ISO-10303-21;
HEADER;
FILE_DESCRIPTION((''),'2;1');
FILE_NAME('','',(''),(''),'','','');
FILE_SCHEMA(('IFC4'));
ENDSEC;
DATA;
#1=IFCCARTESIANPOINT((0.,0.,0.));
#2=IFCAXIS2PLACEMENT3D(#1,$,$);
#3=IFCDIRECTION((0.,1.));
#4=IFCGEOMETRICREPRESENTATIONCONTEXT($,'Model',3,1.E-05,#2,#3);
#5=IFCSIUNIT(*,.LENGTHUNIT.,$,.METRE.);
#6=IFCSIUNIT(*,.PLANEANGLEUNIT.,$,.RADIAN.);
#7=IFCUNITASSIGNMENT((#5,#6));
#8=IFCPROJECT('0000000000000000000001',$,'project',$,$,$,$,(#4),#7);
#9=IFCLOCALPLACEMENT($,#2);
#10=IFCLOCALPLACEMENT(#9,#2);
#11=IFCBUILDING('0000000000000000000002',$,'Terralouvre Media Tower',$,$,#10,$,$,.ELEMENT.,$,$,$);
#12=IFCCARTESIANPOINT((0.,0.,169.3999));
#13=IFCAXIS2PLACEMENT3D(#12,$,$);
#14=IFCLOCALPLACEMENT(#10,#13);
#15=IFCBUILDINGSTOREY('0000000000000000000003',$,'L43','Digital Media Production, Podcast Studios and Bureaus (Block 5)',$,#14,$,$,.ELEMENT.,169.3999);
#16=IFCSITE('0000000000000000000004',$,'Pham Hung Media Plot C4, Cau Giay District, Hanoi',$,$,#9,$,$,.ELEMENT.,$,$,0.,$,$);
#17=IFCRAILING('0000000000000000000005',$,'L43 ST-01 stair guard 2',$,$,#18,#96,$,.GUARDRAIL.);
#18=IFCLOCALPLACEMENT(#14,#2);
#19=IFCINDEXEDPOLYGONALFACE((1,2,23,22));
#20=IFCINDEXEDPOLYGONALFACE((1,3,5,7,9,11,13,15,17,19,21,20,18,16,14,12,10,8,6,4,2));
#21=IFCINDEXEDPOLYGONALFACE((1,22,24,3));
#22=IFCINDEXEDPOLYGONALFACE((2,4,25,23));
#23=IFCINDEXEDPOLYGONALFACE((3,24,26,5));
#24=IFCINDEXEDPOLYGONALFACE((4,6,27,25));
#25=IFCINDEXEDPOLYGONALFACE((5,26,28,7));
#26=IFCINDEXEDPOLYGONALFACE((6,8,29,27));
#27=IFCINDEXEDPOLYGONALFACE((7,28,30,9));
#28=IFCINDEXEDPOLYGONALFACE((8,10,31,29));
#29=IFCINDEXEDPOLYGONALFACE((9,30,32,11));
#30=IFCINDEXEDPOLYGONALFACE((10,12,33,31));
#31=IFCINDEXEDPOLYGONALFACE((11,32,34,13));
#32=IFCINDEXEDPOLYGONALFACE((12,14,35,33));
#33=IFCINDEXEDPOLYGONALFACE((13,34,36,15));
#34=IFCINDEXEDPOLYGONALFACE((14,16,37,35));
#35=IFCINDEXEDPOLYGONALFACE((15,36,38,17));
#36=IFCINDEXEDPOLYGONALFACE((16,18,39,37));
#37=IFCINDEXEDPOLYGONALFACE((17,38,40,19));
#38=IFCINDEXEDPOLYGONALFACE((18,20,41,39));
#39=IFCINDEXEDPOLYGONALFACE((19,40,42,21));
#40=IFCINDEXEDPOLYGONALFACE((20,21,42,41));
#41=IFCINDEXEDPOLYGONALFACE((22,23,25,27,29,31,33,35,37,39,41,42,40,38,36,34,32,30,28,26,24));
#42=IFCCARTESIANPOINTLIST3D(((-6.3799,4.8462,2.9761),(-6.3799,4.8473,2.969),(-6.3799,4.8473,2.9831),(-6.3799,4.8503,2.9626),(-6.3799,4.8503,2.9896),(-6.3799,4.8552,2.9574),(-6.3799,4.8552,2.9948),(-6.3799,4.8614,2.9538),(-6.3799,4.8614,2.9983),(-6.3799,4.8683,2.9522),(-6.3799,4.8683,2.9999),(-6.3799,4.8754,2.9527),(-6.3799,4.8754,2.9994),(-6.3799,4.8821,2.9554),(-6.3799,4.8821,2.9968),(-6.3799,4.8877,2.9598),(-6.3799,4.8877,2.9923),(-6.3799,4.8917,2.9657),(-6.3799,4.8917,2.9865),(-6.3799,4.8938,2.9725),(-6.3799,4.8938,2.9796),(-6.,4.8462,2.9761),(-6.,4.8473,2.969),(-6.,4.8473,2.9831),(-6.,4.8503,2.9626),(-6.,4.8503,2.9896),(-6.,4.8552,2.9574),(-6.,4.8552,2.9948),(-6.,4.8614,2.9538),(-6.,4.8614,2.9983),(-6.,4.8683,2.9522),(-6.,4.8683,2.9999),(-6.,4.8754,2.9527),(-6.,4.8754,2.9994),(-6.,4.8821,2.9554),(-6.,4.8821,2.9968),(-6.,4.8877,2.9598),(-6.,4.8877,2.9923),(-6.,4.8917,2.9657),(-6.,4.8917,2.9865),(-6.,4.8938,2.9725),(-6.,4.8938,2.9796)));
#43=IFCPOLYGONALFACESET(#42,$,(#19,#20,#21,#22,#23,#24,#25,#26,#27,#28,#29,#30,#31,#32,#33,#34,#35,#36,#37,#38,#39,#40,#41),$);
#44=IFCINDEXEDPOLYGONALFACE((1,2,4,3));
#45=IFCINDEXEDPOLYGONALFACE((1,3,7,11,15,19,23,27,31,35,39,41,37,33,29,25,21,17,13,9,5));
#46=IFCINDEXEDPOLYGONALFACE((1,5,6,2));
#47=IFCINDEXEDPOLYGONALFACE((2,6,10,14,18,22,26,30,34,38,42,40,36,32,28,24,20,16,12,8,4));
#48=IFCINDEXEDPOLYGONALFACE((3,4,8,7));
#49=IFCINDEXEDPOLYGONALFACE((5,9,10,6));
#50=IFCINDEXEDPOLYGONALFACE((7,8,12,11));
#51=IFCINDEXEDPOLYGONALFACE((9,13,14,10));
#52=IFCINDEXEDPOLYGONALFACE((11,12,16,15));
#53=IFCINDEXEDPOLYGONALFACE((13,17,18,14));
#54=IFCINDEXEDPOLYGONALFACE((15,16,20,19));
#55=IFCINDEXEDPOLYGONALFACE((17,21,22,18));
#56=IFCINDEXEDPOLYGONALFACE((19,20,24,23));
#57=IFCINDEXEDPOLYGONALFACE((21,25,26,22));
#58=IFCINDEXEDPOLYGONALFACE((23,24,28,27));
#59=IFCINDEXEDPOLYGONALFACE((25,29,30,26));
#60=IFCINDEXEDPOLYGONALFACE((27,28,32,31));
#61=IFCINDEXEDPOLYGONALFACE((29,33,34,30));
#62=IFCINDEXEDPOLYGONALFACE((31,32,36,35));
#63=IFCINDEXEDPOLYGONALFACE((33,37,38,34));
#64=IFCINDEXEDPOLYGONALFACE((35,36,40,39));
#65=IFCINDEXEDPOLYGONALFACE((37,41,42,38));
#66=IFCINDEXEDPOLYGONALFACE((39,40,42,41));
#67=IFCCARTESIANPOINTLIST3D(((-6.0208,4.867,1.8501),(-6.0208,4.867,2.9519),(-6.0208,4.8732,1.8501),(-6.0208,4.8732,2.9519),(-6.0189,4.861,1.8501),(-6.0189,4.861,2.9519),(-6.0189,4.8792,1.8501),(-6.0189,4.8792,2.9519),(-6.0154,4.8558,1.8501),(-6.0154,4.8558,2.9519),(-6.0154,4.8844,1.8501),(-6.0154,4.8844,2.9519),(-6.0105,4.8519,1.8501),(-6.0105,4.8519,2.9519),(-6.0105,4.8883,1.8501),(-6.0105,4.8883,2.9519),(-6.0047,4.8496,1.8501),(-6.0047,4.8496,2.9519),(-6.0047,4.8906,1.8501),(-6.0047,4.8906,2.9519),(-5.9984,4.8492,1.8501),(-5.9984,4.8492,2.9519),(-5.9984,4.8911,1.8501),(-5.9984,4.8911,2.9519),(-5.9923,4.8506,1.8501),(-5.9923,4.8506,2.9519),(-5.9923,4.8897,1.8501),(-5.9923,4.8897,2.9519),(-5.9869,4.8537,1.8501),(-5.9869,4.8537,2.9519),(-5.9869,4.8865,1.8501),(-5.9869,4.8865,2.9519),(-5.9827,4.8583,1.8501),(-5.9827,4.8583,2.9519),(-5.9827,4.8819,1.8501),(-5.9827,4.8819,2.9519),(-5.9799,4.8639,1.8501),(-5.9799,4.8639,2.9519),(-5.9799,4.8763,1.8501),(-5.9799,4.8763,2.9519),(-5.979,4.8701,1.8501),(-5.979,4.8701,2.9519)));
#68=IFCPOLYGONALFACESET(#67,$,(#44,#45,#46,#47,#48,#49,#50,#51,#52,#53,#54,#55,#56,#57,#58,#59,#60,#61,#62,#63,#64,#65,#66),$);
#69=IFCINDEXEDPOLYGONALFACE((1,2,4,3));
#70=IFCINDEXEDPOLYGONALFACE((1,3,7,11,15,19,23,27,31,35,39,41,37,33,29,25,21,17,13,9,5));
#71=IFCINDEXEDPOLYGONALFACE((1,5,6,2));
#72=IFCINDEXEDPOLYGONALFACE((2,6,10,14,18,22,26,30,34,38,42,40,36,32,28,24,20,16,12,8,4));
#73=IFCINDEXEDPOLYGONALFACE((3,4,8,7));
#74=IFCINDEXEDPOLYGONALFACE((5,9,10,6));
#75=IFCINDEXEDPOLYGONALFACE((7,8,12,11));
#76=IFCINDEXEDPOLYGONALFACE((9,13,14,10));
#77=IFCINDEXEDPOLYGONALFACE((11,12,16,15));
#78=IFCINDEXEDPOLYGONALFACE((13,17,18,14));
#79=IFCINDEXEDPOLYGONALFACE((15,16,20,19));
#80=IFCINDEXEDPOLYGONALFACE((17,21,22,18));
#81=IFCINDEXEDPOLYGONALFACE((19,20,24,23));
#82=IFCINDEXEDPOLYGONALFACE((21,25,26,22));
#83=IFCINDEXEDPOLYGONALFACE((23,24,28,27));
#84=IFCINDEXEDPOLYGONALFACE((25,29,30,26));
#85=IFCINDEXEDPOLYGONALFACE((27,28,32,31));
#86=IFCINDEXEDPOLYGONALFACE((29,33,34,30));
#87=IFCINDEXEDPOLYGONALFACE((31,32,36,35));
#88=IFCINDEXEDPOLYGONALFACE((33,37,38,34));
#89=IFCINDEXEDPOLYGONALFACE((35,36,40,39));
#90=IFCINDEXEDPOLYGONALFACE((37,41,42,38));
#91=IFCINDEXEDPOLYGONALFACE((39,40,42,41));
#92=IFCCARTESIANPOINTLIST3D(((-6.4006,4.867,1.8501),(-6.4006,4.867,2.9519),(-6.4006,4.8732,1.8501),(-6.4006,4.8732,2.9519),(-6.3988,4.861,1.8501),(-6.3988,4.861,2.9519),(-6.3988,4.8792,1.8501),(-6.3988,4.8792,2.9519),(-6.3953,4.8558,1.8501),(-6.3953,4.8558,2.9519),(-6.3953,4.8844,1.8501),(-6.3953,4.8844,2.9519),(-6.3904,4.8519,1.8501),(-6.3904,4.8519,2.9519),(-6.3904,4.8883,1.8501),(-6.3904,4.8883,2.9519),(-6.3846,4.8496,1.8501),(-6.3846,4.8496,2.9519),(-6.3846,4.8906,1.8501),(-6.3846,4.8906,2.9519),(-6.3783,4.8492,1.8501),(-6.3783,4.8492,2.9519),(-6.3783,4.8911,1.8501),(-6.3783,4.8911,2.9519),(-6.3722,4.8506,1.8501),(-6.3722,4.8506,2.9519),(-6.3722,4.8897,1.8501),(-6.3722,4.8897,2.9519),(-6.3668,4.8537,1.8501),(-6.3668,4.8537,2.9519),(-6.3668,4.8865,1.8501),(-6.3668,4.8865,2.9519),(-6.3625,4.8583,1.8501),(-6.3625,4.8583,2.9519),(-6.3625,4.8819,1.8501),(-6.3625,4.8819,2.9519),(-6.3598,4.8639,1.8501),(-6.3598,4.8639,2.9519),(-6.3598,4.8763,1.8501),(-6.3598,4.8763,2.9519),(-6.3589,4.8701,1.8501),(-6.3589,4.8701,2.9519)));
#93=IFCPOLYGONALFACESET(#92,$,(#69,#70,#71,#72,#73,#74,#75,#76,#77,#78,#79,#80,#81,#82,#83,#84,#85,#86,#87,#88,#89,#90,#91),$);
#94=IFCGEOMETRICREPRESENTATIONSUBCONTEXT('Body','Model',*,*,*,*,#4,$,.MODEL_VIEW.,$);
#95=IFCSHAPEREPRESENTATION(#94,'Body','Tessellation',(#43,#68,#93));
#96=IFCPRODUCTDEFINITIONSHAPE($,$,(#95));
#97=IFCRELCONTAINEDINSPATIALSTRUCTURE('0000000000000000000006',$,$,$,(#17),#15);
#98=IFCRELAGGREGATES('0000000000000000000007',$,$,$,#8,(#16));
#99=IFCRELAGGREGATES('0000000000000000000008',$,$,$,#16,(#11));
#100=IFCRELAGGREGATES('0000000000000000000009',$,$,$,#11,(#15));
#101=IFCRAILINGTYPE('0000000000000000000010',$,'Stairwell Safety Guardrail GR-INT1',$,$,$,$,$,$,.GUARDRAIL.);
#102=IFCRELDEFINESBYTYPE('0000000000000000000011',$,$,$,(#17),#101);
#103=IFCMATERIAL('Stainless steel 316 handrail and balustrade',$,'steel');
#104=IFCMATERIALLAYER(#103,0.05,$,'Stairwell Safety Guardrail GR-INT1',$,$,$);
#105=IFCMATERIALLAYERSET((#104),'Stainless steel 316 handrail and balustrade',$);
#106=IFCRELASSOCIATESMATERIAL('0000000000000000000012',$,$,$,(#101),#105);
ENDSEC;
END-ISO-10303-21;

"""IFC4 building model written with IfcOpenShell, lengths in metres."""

from ifc_helpers import new_model, si_unit, direction, frame, origin, origin_2d, place, context, subcontext, project, spatial, circle, extrude, material, layer, layer_set, type_object, element, save


model = new_model("IFC4")

# Units and contexts
model_context = context("Model", 3, precision=1e-05, world=origin(), true_north=direction((0.0, 1.0)))
body_context = subcontext(model_context, "Body", "Model", "MODEL_VIEW")
ifc_project = project(units=[si_unit("LENGTHUNIT", "METRE"), si_unit("PLANEANGLEUNIT", "RADIAN")], contexts=[model_context])

# Site, building, storey
site_placement = place(None, origin())
site = spatial("IfcSite", under=ifc_project, at=site_placement, Name="Pham Hung Media Plot C4, Cau Giay District, Hanoi", CompositionType="ELEMENT", RefElevation=0.0)
building_placement = place(site_placement, origin())
building = spatial("IfcBuilding", under=site, at=building_placement, Name="Terralouvre Media Tower", CompositionType="ELEMENT")
storey_placement = place(building_placement, frame((0.0, 0.0, 169.3999)))
storey = spatial("IfcBuildingStorey", under=building, at=storey_placement, Name="L43", Description="Digital Media Production, Podcast Studios and Bureaus (Block 5)", CompositionType="ELEMENT", Elevation=169.3999)

# Railing
ifc_material_1 = material(Name="Stainless steel 316 handrail and balustrade", Category="steel")
ifc_layer_1 = layer(ifc_material_1, 0.05, Name="Stairwell Safety Guardrail GR-INT1")
ifc_layer_set_1 = layer_set([ifc_layer_1], Name="Stainless steel 316 handrail and balustrade")
railing_type_1 = type_object("IfcRailingType", Name="Stairwell Safety Guardrail GR-INT1", PredefinedType="GUARDRAIL", material=ifc_layer_set_1)
railing_1_placement = place(storey_placement, frame((-6.0, 4.8701, 1.8501)))
element("IfcRailing", 1, at=railing_1_placement, inside=storey, type_object=railing_type_1, Name="L43 ST-01 stair guard 2", PredefinedType="GUARDRAIL", context=body_context, shape_type="SweptSolid", body=[
    extrude(circle(Radius=0.0239, at=origin_2d()), frame((0.0, 0.0, 1.126), z_axis=(-1.0, 0.0, 0.0), x_axis=(0.0, -1.0, 0.0)), (0.0, 0.0, 1.0), 0.3799),
    extrude(circle(Radius=0.021, at=origin_2d()), origin(), (0.0, 0.0, 1.0), 1.1018),
    extrude(circle(Radius=0.021, at=origin_2d()), frame((-0.3799, 0.0, 0.0)), (0.0, 0.0, 1.0), 1.1018),
])

save(model, "model.ifc")
